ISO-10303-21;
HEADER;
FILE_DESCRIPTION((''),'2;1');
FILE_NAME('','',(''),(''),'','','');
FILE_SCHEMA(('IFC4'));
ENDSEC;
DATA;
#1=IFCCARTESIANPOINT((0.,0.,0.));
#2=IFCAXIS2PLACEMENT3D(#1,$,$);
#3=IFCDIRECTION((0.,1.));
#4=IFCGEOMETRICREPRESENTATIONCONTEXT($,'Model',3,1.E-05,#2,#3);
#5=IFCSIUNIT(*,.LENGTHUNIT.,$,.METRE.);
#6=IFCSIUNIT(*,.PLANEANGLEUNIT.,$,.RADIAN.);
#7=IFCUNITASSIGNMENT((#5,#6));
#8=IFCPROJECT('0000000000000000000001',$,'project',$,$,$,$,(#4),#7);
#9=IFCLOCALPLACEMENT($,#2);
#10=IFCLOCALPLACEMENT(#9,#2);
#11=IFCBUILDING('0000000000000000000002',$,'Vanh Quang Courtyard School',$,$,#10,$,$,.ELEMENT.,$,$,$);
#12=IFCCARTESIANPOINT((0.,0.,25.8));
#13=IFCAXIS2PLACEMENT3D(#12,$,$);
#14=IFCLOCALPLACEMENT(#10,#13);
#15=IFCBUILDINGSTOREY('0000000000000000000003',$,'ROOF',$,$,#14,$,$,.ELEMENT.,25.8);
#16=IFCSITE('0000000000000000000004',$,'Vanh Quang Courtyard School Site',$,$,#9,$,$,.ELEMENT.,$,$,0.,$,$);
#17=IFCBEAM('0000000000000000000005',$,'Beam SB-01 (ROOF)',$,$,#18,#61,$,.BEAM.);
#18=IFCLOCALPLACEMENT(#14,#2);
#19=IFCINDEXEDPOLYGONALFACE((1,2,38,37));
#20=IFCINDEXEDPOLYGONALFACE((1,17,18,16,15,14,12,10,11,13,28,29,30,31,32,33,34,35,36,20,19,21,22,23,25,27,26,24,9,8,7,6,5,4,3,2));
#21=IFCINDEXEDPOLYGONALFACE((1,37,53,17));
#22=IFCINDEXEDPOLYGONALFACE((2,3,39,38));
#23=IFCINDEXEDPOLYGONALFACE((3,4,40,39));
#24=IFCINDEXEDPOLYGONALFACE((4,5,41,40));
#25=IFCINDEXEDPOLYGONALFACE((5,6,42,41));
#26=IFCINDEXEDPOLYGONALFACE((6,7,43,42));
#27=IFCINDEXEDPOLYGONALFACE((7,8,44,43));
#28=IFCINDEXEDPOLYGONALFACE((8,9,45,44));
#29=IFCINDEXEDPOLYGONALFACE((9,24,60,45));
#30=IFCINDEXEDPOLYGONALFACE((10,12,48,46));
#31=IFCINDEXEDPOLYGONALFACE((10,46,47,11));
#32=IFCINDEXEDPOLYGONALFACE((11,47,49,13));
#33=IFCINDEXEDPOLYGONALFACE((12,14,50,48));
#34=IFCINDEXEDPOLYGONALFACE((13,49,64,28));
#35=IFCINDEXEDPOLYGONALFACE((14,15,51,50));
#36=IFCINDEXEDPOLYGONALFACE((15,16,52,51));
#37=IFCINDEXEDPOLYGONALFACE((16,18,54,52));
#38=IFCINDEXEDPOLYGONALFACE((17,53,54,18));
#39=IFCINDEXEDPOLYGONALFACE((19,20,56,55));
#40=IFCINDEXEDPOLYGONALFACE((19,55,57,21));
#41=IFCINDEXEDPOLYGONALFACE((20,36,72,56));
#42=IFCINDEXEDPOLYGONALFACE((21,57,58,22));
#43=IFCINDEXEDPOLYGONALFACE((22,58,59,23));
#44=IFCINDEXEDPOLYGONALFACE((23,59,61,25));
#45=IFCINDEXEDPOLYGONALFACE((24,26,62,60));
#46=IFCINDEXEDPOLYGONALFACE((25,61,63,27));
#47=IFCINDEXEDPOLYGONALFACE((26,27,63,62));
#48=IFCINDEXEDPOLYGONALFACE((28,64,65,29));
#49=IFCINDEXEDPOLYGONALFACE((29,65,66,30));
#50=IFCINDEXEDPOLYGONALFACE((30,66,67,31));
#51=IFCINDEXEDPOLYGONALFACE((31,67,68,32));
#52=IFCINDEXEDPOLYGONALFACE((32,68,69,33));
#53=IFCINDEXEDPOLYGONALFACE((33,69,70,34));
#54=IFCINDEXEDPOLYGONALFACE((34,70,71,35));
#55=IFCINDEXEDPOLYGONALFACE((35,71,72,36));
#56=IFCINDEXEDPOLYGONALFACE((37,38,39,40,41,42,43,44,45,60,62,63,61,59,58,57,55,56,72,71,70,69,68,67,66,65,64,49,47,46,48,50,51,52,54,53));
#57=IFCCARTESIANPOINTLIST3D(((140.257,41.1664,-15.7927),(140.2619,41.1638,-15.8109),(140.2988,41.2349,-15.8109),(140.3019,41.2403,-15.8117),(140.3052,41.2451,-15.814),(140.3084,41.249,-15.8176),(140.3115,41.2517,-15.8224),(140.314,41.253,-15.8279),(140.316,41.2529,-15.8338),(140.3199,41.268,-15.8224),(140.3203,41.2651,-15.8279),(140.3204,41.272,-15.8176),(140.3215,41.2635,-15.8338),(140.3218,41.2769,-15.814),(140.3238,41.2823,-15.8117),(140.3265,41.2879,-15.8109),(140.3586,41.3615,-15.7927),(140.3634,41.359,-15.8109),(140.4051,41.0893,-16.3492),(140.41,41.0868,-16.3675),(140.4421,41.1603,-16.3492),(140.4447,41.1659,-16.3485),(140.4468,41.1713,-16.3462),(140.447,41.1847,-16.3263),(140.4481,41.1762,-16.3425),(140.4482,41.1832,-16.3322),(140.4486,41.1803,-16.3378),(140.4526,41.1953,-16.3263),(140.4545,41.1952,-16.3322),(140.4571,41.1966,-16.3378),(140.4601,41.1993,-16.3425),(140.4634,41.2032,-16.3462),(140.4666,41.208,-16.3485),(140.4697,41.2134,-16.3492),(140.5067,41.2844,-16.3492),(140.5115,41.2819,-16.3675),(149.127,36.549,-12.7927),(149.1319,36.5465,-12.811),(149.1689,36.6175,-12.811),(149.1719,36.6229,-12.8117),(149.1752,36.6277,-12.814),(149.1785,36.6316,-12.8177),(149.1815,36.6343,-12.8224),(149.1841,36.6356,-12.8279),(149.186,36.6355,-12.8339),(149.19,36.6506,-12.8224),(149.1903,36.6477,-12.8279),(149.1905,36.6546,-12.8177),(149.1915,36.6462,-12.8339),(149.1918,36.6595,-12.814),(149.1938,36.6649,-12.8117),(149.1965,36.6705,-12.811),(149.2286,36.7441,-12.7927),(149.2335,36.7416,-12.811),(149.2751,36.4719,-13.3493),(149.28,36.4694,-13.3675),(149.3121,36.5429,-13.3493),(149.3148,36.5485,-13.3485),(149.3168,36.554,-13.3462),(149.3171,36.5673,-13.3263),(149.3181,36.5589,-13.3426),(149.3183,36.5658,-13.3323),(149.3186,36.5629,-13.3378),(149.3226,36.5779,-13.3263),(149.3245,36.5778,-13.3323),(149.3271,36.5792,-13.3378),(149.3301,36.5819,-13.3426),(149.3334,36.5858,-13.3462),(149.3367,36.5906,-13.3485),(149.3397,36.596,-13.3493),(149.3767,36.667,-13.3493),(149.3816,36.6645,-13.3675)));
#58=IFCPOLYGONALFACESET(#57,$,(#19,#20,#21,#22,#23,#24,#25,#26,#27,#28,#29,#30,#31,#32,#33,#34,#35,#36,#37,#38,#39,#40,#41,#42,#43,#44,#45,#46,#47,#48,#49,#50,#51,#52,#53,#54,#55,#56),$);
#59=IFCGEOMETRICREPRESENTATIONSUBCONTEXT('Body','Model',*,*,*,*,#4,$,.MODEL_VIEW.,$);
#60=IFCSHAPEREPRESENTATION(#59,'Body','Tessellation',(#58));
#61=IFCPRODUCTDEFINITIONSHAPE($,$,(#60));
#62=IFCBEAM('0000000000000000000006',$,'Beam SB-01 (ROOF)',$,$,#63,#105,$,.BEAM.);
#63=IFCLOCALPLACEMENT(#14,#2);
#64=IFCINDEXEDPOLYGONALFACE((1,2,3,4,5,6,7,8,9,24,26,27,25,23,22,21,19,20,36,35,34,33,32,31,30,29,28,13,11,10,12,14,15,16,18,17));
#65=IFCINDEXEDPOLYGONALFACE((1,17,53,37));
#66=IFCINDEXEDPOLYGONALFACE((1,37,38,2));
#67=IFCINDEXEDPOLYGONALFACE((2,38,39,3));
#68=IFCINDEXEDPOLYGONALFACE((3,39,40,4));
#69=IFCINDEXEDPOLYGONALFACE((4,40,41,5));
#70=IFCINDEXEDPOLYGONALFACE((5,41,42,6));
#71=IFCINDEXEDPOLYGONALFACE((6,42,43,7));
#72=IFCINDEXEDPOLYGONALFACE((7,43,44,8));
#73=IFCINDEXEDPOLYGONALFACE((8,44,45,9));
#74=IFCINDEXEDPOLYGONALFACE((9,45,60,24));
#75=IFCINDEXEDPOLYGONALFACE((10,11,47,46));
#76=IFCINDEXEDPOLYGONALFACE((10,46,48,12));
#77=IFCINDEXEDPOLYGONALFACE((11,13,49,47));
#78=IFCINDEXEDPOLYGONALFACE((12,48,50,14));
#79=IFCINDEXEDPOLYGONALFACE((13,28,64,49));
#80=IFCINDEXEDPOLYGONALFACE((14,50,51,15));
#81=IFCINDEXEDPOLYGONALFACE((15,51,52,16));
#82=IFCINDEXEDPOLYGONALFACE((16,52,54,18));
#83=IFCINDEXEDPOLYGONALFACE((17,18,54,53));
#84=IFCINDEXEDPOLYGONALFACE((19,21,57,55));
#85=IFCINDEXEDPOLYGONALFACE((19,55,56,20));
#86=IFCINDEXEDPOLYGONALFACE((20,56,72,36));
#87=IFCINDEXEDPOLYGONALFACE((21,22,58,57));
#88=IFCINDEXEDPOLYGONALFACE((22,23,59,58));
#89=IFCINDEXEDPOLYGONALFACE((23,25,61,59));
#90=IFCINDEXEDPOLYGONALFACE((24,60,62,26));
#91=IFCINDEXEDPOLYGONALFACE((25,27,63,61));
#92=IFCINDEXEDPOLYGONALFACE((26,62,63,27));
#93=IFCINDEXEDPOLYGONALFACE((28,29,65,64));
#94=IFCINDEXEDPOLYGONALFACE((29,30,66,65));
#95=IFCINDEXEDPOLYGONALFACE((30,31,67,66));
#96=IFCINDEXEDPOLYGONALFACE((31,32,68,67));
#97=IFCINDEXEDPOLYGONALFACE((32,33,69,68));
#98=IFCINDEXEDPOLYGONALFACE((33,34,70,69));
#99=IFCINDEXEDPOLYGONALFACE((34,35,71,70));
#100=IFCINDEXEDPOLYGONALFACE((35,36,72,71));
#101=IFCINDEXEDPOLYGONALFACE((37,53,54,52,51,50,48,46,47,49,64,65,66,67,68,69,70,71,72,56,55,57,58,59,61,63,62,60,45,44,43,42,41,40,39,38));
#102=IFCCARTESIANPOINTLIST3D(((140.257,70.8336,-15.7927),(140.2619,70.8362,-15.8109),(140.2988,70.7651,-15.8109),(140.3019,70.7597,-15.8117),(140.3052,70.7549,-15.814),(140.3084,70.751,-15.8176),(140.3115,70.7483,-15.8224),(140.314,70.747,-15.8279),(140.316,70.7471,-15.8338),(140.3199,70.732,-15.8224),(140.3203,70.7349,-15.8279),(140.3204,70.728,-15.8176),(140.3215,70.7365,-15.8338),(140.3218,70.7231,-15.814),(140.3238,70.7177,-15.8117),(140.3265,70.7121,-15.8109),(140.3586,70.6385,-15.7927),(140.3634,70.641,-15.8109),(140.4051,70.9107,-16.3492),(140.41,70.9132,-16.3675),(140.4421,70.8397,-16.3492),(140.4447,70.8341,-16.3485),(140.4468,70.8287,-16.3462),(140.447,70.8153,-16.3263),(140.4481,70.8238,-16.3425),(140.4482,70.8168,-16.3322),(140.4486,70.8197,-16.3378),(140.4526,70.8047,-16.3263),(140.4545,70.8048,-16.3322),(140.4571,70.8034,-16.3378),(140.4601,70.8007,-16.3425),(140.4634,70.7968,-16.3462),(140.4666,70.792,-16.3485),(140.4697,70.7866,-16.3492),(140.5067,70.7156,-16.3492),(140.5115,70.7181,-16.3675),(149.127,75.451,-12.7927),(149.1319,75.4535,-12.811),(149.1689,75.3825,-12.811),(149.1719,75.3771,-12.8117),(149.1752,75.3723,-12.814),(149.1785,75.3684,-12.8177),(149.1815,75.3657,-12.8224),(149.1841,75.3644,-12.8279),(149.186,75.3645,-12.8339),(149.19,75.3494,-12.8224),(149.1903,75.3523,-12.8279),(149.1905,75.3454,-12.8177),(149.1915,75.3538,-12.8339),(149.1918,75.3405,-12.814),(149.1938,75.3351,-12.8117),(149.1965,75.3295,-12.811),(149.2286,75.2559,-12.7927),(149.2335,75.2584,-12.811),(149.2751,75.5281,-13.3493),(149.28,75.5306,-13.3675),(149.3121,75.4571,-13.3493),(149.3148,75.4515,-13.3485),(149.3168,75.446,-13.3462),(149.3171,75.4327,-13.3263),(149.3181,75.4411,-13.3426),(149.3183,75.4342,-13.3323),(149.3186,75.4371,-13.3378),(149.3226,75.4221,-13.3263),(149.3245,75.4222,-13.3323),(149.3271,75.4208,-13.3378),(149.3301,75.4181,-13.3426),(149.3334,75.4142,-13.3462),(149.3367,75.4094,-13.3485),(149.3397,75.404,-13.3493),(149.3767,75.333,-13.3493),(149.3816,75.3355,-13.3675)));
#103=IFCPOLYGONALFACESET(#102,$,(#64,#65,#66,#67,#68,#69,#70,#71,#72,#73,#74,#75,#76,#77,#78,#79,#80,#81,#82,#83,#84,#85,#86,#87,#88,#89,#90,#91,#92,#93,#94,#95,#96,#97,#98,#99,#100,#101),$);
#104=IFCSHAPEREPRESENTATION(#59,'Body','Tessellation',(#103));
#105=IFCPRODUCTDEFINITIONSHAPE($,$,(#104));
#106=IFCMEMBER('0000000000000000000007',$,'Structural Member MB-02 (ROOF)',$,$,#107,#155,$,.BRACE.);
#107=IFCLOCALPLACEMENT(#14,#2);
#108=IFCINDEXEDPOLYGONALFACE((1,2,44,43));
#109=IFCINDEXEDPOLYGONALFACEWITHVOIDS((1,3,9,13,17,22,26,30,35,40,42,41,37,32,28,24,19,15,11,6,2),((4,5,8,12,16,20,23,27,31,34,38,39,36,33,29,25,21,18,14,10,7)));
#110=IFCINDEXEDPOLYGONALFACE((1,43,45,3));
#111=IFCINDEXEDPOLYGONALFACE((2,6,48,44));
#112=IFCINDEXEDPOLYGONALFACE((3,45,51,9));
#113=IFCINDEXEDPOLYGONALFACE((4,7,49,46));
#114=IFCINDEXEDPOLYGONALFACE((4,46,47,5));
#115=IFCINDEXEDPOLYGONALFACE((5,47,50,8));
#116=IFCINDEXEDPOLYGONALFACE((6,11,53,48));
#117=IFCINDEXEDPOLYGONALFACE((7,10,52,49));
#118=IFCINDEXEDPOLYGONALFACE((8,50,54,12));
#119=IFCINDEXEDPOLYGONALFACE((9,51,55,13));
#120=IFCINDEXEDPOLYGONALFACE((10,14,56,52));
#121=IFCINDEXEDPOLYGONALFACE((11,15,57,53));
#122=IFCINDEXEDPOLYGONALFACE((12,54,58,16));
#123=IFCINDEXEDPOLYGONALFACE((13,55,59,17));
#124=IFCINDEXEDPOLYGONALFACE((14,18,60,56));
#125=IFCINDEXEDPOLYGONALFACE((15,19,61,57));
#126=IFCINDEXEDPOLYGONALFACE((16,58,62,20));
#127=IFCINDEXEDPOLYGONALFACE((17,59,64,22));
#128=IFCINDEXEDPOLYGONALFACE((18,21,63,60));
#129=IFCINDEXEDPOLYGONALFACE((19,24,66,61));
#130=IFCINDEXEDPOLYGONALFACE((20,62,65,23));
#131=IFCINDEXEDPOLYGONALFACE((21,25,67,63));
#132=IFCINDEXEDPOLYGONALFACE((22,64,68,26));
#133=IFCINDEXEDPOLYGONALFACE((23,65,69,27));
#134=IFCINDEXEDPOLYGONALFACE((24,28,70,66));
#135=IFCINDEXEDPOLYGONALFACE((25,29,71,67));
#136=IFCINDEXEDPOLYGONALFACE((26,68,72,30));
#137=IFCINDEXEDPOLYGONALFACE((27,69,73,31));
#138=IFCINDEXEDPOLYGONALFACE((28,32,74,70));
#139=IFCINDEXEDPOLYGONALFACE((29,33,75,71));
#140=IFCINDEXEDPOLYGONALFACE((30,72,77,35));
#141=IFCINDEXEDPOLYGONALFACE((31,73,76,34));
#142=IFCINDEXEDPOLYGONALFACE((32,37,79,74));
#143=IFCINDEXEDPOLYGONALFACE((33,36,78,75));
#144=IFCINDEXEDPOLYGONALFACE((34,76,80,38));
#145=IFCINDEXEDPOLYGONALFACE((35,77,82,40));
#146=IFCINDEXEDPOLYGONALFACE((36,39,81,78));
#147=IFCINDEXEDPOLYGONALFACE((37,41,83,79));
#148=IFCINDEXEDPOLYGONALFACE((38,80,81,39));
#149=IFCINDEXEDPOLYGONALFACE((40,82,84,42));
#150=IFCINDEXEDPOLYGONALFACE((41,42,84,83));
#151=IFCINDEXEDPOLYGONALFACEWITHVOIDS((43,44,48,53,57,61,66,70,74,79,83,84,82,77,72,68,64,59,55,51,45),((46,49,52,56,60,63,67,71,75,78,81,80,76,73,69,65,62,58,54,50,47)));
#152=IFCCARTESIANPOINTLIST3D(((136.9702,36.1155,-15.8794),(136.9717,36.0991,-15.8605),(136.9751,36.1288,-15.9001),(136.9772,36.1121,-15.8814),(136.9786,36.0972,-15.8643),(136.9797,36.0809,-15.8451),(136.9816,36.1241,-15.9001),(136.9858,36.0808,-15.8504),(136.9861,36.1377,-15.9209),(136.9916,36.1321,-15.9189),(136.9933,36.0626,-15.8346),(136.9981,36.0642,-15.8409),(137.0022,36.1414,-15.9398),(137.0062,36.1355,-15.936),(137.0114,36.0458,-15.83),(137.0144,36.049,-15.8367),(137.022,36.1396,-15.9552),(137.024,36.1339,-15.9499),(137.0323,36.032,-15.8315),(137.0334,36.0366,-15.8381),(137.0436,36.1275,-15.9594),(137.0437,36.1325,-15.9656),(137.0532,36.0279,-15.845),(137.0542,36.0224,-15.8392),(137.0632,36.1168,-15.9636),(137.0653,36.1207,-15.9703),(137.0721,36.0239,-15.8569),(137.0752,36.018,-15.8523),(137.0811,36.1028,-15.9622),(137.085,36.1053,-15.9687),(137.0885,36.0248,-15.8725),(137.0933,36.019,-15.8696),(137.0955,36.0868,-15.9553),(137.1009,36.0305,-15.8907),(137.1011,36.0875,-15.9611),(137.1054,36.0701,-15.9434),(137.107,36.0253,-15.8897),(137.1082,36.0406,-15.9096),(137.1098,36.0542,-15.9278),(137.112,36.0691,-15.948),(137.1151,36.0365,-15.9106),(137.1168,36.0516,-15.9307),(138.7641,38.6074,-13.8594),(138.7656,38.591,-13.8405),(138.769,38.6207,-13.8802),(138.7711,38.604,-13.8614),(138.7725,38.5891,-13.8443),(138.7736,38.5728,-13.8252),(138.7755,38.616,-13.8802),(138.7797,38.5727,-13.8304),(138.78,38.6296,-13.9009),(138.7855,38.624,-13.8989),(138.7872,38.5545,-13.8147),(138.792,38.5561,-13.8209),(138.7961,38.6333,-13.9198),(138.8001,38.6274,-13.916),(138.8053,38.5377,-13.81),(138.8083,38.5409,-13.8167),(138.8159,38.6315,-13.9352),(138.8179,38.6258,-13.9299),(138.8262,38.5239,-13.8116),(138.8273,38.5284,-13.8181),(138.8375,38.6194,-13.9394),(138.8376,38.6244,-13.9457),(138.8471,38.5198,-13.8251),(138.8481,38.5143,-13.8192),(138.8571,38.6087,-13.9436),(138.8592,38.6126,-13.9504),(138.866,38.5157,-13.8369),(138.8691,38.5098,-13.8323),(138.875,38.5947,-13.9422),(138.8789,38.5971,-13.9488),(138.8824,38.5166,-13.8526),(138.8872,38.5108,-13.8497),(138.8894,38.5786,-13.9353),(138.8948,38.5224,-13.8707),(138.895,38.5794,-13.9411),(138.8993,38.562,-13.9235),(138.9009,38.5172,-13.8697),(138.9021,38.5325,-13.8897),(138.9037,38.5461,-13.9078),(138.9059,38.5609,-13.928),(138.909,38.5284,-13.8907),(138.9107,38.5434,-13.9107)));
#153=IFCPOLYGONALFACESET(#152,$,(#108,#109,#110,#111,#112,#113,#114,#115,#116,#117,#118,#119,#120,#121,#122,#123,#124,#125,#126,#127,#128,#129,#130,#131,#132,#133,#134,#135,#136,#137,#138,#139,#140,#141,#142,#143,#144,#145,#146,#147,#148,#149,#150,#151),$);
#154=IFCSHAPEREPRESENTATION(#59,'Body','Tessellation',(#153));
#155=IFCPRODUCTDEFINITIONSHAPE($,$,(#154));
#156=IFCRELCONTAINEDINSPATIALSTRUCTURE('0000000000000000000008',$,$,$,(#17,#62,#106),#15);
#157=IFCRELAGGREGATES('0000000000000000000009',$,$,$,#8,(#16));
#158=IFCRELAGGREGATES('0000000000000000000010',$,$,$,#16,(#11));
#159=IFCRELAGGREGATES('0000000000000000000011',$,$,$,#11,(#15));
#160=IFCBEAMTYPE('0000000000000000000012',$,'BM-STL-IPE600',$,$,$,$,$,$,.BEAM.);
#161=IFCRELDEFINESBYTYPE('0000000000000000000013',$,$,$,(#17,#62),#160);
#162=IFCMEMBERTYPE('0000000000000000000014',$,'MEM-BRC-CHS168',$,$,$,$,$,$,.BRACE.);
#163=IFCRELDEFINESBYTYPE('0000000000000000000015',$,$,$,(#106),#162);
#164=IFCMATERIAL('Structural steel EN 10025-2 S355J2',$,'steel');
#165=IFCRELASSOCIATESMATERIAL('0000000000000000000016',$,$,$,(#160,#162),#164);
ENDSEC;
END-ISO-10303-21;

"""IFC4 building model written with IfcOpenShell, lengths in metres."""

from ifc_helpers import new_model, si_unit, direction, frame, origin, origin_2d, place, context, subcontext, project, spatial, hollow_circle, i_section, extrude, material, material_profile, profile_set, type_object, element, save


model = new_model("IFC4")

# Units and contexts
model_context = context("Model", 3, precision=1e-05, world=origin(), true_north=direction((0.0, 1.0)))
body_context = subcontext(model_context, "Body", "Model", "MODEL_VIEW")
ifc_project = project(units=[si_unit("LENGTHUNIT", "METRE"), si_unit("PLANEANGLEUNIT", "RADIAN")], contexts=[model_context])

# Site, building, storey
site_placement = place(None, origin())
site = spatial("IfcSite", under=ifc_project, at=site_placement, Name="Vanh Quang Courtyard School Site", CompositionType="ELEMENT", RefElevation=0.0)
building_placement = place(site_placement, origin())
building = spatial("IfcBuilding", under=site, at=building_placement, Name="Vanh Quang Courtyard School", CompositionType="ELEMENT")
storey_placement = place(building_placement, frame((0.0, 0.0, 25.8)))
storey = spatial("IfcBuildingStorey", under=building, at=storey_placement, Name="ROOF", CompositionType="ELEMENT", Elevation=25.8)

# Beams
ifc_material_1 = material(Name="Structural steel EN 10025-2 S355J2", Category="steel")
ifc_material_profile_1 = material_profile(ifc_material_1, i_section(OverallWidth=0.22, OverallDepth=0.6001, WebThickness=0.012, FlangeThickness=0.019, FilletRadius=0.0239, at=origin_2d()), Name="IPE 600")
ifc_profile_set_1 = profile_set([ifc_material_profile_1], Name="Structural steel EN 10025-2 S355J2")
beam_type_1 = type_object("IfcBeamType", Name="BM-STL-IPE600", PredefinedType="BEAM", material=ifc_profile_set_1)
for number, where, z_axis, x_axis, name in (
    (1, (140.3843, 41.2241, -16.0801), (0.849604, -0.44227, 0.287348), (0.461744, 0.887013, 0.0), "Beam SB-01 (ROOF)"),
    (2, (140.3843, 70.7759, -16.0801), (0.849604, 0.44227, 0.287348), (-0.461744, 0.887013, 0.0), "Beam SB-01 (ROOF)"),
):
    element("IfcBeam", number, at=place(storey_placement, frame(where, z_axis=z_axis, x_axis=x_axis)), inside=storey, type_object=beam_type_1, Name=name, PredefinedType="BEAM", context=body_context, shape_type="SweptSolid", body=[
        extrude(i_section(OverallWidth=0.22, OverallDepth=0.6001, WebThickness=0.012, FlangeThickness=0.019, FilletRadius=0.0239, at=origin_2d()), origin(), (0.0, 0.0, 1.0), 10.4402),
    ])

# Member
ifc_material_profile_2 = material_profile(ifc_material_1, hollow_circle(Radius=0.0842, WallThickness=0.0081, at=origin_2d()), Name="CHS 168.3x8")
ifc_profile_set_2 = profile_set([ifc_material_profile_2], Name="Structural steel EN 10025-2 S355J2")
member_type_1 = type_object("IfcMemberType", Name="MEM-BRC-CHS168", PredefinedType="BRACE", material=ifc_profile_set_2)
member_1_placement = place(storey_placement, frame((137.0435, 36.0796, -15.9001), z_axis=(0.488096, 0.678008, 0.549607), x_axis=(-0.811574, 0.58425, 0.0)))
element("IfcMember", 3, at=member_1_placement, inside=storey, type_object=member_type_1, Name="Structural Member MB-02 (ROOF)", PredefinedType="BRACE", context=body_context, shape_type="SweptSolid", body=[
    extrude(hollow_circle(Radius=0.0842, WallThickness=0.0081, at=origin_2d()), origin(), (0.0, 0.0, 1.0), 3.6753),
])

save(model, "model.ifc")
